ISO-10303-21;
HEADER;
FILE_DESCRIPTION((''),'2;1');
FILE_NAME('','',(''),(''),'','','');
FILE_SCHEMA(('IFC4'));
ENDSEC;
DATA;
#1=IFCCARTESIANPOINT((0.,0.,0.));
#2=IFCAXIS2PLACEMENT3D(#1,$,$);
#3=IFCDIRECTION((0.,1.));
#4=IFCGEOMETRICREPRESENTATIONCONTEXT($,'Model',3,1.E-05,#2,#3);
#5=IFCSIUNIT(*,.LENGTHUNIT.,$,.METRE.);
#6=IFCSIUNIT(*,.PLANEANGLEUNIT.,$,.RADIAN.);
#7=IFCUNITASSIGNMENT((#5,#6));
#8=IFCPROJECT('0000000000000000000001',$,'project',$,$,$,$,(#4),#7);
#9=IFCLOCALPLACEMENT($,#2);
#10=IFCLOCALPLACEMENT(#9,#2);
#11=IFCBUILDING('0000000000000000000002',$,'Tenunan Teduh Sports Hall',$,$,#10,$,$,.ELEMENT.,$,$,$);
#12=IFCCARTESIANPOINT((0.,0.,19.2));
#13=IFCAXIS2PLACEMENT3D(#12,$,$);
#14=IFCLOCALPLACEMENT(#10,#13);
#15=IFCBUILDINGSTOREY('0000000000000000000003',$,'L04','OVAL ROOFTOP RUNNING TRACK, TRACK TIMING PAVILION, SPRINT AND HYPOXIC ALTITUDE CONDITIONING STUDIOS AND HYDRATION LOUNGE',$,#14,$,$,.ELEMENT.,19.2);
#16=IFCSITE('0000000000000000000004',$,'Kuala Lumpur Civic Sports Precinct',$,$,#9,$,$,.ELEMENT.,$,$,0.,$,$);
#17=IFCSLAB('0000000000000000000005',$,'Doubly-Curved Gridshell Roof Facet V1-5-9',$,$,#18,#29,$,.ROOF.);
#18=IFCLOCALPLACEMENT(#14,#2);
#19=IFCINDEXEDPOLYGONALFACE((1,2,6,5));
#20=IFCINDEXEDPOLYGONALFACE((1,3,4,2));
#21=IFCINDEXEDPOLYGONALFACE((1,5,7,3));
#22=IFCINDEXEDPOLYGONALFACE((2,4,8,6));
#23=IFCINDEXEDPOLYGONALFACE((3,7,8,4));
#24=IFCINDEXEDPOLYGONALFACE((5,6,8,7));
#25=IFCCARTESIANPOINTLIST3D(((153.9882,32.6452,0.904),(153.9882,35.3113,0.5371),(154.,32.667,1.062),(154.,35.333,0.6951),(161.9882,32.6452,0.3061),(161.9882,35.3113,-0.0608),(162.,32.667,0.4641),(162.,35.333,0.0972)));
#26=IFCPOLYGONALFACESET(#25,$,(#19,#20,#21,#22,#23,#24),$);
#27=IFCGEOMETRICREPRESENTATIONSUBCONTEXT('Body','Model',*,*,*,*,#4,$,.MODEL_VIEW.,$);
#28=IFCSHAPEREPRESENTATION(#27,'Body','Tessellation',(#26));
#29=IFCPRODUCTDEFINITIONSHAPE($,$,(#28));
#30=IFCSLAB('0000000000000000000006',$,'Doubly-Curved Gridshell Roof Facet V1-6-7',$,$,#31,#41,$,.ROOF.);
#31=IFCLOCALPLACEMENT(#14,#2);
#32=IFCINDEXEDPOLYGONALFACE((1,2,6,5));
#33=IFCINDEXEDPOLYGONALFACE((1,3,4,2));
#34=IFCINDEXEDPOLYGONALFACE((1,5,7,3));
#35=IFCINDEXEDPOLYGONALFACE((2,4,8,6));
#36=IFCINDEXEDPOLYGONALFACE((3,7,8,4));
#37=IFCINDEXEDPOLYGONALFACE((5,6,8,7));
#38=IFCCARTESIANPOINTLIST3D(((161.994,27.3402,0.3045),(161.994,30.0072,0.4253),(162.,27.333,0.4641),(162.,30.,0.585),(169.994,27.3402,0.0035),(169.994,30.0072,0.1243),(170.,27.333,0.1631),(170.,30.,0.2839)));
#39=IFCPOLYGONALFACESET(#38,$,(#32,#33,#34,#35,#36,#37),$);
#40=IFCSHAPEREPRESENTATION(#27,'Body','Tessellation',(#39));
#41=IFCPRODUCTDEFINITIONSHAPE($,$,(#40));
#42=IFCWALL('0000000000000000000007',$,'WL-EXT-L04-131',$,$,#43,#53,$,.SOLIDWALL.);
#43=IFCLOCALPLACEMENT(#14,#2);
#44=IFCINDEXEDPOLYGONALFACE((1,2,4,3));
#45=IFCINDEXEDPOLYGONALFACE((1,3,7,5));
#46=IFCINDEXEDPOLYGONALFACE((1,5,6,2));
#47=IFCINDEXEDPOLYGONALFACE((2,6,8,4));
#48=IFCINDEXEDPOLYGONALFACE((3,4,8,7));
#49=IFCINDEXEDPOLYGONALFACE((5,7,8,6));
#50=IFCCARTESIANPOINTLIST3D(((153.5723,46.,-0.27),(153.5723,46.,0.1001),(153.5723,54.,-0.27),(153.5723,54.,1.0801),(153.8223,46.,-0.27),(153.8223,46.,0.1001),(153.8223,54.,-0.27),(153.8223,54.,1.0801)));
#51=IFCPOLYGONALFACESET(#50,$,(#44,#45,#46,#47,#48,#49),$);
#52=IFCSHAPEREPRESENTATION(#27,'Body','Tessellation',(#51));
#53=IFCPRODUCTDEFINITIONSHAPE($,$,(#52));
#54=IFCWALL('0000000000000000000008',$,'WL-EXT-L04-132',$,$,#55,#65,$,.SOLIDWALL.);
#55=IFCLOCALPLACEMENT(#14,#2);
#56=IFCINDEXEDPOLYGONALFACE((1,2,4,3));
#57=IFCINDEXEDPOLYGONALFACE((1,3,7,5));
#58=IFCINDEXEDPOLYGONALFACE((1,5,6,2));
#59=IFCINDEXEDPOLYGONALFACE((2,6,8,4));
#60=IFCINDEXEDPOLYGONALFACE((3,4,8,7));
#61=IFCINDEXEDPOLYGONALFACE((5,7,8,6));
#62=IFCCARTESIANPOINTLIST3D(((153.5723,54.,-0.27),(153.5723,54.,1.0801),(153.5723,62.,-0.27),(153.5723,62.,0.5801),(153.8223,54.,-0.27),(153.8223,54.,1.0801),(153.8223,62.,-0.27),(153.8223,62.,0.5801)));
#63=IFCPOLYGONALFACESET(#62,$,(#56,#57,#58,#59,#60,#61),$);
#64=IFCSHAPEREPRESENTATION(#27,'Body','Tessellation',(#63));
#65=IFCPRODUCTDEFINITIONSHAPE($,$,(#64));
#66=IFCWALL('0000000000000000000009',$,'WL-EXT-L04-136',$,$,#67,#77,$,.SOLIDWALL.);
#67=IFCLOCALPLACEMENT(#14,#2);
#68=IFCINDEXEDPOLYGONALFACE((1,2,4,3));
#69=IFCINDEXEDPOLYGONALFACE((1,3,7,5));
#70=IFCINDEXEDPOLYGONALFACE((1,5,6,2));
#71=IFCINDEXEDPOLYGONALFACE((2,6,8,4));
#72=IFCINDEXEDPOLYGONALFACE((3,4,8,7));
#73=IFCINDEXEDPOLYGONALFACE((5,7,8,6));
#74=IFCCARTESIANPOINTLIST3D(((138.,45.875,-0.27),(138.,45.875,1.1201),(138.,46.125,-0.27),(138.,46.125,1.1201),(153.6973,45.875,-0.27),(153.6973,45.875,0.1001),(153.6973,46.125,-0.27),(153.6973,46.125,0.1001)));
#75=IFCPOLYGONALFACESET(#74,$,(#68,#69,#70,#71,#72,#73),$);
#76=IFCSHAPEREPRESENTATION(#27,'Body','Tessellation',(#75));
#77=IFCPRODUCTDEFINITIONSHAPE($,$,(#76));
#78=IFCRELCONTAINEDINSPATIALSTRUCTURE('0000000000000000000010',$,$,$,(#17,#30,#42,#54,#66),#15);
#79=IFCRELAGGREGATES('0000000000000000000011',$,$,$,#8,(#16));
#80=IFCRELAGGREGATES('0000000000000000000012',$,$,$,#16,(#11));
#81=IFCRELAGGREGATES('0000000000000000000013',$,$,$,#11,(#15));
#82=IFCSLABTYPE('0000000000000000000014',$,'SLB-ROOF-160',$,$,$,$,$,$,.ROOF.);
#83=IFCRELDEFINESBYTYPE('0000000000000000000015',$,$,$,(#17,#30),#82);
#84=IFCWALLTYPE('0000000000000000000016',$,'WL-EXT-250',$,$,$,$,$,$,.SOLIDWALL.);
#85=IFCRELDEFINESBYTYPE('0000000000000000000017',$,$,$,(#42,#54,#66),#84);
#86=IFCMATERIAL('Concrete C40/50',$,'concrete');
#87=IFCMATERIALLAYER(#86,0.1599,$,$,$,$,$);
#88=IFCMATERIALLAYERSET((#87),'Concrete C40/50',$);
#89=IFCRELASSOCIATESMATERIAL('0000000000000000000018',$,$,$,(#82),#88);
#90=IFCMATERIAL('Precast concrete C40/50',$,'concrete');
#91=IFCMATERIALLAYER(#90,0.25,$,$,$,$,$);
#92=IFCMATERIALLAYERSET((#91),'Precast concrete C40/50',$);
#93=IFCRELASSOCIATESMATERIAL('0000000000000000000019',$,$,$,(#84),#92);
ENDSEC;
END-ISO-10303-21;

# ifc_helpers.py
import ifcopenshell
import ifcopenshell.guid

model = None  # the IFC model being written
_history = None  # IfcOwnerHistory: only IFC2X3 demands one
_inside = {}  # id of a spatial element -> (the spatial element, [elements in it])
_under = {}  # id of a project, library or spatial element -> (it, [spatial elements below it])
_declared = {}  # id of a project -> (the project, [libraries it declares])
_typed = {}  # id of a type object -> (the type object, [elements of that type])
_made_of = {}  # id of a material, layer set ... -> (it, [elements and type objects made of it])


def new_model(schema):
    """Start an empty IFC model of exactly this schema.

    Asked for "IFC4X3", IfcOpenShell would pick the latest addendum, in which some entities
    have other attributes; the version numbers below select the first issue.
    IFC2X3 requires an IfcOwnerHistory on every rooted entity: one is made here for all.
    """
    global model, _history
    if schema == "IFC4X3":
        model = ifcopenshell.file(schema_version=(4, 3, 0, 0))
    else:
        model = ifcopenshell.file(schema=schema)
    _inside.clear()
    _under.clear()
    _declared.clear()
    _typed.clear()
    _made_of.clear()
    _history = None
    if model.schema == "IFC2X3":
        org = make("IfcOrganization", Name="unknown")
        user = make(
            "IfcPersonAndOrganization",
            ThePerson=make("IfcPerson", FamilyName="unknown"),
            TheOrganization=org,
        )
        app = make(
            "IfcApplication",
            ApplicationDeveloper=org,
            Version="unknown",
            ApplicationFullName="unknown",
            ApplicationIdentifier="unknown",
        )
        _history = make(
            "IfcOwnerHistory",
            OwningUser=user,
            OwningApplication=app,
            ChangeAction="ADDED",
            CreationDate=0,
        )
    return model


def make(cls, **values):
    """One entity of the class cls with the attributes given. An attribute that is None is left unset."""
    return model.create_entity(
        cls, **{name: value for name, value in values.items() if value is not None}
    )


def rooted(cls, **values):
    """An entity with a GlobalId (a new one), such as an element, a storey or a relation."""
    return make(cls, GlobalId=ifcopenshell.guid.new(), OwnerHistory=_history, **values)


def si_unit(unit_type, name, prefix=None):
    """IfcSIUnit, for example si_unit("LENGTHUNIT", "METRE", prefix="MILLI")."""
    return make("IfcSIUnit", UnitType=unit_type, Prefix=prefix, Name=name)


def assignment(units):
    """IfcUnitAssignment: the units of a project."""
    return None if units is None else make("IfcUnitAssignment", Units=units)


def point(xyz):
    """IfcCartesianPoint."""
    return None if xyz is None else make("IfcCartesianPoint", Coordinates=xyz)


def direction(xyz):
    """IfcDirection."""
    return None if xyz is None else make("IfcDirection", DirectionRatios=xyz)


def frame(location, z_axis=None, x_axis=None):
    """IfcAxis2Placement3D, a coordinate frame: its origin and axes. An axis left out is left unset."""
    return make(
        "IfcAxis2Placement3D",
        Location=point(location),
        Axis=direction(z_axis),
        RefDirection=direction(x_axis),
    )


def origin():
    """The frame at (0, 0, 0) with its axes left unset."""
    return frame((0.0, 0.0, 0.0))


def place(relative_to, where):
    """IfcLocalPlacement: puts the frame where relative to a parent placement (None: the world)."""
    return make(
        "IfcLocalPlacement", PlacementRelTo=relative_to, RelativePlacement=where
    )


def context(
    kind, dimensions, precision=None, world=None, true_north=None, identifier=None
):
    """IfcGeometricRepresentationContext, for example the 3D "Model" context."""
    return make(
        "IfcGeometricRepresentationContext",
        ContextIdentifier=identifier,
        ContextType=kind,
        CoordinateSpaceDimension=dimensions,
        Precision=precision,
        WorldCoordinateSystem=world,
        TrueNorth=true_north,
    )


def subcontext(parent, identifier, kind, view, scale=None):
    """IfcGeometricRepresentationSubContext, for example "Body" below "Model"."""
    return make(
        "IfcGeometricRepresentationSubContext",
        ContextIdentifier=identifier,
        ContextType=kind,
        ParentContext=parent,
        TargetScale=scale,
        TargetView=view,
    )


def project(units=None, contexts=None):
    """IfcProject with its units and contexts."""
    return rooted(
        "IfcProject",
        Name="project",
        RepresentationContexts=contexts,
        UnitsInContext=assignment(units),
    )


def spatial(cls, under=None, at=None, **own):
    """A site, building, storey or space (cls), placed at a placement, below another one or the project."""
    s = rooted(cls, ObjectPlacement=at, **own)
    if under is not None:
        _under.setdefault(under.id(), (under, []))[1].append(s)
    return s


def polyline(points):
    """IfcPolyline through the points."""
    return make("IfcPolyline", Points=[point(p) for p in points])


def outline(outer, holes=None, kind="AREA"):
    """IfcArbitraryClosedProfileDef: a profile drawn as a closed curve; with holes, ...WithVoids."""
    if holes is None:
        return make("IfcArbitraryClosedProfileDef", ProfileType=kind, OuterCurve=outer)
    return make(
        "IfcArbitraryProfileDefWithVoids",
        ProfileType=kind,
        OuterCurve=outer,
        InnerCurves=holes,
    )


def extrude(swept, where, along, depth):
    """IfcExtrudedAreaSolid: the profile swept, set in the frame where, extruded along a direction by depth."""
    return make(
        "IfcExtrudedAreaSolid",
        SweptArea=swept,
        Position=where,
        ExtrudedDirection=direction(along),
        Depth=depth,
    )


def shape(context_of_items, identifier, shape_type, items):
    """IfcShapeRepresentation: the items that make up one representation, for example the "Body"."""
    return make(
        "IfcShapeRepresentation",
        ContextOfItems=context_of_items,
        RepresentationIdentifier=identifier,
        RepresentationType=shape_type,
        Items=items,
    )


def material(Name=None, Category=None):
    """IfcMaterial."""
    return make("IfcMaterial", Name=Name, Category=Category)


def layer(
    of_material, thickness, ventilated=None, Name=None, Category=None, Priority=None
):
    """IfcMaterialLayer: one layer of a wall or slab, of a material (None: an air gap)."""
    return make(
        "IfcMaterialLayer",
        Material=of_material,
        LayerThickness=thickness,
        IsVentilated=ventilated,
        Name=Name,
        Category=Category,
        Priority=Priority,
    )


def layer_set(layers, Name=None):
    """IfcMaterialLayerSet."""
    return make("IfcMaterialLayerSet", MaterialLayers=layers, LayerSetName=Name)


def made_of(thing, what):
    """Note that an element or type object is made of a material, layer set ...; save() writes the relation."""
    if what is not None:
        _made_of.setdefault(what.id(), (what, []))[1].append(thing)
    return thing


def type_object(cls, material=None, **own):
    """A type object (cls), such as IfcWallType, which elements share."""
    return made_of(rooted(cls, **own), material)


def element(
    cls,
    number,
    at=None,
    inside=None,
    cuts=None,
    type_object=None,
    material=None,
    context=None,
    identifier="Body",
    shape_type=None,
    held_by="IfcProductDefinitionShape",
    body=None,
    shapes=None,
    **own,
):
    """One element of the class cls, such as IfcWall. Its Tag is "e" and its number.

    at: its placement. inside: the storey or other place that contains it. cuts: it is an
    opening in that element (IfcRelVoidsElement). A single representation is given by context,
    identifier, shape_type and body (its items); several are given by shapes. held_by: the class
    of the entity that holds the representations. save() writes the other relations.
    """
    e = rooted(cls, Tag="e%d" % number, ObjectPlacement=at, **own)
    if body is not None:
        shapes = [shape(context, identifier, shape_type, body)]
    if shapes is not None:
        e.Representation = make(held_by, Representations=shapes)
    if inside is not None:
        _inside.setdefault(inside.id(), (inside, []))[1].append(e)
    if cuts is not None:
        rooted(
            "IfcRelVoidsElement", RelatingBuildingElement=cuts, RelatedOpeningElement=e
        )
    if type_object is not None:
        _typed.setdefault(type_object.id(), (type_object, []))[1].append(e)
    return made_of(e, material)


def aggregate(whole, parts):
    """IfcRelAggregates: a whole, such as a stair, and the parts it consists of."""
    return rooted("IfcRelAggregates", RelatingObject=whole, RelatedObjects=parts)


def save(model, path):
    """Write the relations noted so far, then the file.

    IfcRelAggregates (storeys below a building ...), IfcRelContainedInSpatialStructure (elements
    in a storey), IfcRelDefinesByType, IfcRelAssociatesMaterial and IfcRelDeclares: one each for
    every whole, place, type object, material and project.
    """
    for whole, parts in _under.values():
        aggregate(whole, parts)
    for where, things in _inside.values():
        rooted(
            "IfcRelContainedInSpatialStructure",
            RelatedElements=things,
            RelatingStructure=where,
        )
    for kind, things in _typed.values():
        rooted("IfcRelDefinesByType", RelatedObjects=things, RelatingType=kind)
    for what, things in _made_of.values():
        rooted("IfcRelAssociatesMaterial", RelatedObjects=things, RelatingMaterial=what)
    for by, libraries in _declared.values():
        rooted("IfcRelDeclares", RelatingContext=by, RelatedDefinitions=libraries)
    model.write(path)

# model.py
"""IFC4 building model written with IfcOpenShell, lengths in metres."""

from ifc_helpers import new_model, si_unit, direction, frame, origin, place, context, subcontext, project, spatial, polyline, outline, extrude, material, layer, layer_set, type_object, element, save


model = new_model("IFC4")

# Units and contexts
model_context = context("Model", 3, precision=1e-05, world=origin(), true_north=direction((0.0, 1.0)))
body_context = subcontext(model_context, "Body", "Model", "MODEL_VIEW")
ifc_project = project(units=[si_unit("LENGTHUNIT", "METRE"), si_unit("PLANEANGLEUNIT", "RADIAN")], contexts=[model_context])

# Site, building, storey
site_placement = place(None, origin())
site = spatial("IfcSite", under=ifc_project, at=site_placement, Name="Kuala Lumpur Civic Sports Precinct", CompositionType="ELEMENT", RefElevation=0.0)
building_placement = place(site_placement, origin())
building = spatial("IfcBuilding", under=site, at=building_placement, Name="Tenunan Teduh Sports Hall", CompositionType="ELEMENT")
storey_placement = place(building_placement, frame((0.0, 0.0, 19.2)))
storey = spatial("IfcBuildingStorey", under=building, at=storey_placement, Name="L04", Description="OVAL ROOFTOP RUNNING TRACK, TRACK TIMING PAVILION, SPRINT AND HYPOXIC ALTITUDE CONDITIONING STUDIOS AND HYDRATION LOUNGE", CompositionType="ELEMENT", Elevation=19.2)

# Slabs
ifc_material_1 = material(Name="Concrete C40/50", Category="concrete")
ifc_layer_1 = layer(ifc_material_1, 0.1599)
ifc_layer_set_1 = layer_set([ifc_layer_1], Name="Concrete C40/50")
slab_type_1 = type_object("IfcSlabType", Name="SLB-ROOF-160", PredefinedType="ROOF", material=ifc_layer_set_1)
slab_1_placement = place(storey_placement, frame((154.0, 32.667, 1.062), z_axis=(0.073837, 0.13598, 0.987956), x_axis=(0.997219, 0.0, -0.07453)))
element("IfcSlab", 1, at=slab_1_placement, inside=storey, type_object=slab_type_1, Name="Doubly-Curved Gridshell Roof Facet V1-5-9", PredefinedType="ROOF", context=body_context, shape_type="SweptSolid", body=[
    extrude(outline(polyline([(0.0, 0.0), (8.0223, 0.0), (8.0497, 2.691), (0.0273, 2.691), (0.0, 0.0)])), origin(), (0.0, 0.0, -1.0), 0.1599),
])
slab_2_placement = place(storey_placement, frame((162.0, 27.333, 0.4641), z_axis=(0.037563, -0.045235, 0.99827), x_axis=(0.999293, 0.0, -0.037602)))
element("IfcSlab", 2, at=slab_2_placement, inside=storey, type_object=slab_type_1, Name="Doubly-Curved Gridshell Roof Facet V1-6-7", PredefinedType="ROOF", context=body_context, shape_type="SweptSolid", body=[
    extrude(outline(polyline([(0.0, 0.0), (8.0057, 0.0), (8.0011, 2.6697), (-0.0045, 2.6697), (0.0, 0.0)])), origin(), (0.0, 0.0, -1.0), 0.1599),
])

# Walls
ifc_material_2 = material(Name="Precast concrete C40/50", Category="concrete")
ifc_layer_2 = layer(ifc_material_2, 0.25)
ifc_layer_set_2 = layer_set([ifc_layer_2], Name="Precast concrete C40/50")
wall_type = type_object("IfcWallType", Name="WL-EXT-250", PredefinedType="SOLIDWALL", material=ifc_layer_set_2)
wall_1_placement = place(storey_placement, frame((153.6973, 46.0, -0.27), z_axis=(0.0, 0.0, 1.0), x_axis=(0.0, 1.0, 0.0)))
element("IfcWall", 3, at=wall_1_placement, inside=storey, type_object=wall_type, Name="WL-EXT-L04-131", PredefinedType="SOLIDWALL", context=body_context, shape_type="SweptSolid", body=[
    extrude(outline(polyline([(0.0, 0.0), (8.0, 0.0), (8.0, 1.3501), (0.0, 0.3701), (0.0, 0.0)])), frame((0.0, 0.125, 0.0), z_axis=(0.0, -1.0, 0.0), x_axis=(1.0, 0.0, 0.0)), (0.0, 0.0, 1.0), 0.25),
])
wall_2_placement = place(storey_placement, frame((153.6973, 54.0, -0.27), z_axis=(0.0, 0.0, 1.0), x_axis=(0.0, 1.0, 0.0)))
element("IfcWall", 4, at=wall_2_placement, inside=storey, type_object=wall_type, Name="WL-EXT-L04-132", PredefinedType="SOLIDWALL", context=body_context, shape_type="SweptSolid", body=[
    extrude(outline(polyline([(0.0, 0.0), (8.0, 0.0), (8.0, 0.8501), (0.0, 1.3501), (0.0, 0.0)])), frame((0.0, 0.125, 0.0), z_axis=(0.0, -1.0, 0.0), x_axis=(1.0, 0.0, 0.0)), (0.0, 0.0, 1.0), 0.25),
])
wall_3_placement = place(storey_placement, frame((138.0, 46.0, -0.27), z_axis=(0.0, 0.0, 1.0), x_axis=(1.0, 0.0, 0.0)))
element("IfcWall", 5, at=wall_3_placement, inside=storey, type_object=wall_type, Name="WL-EXT-L04-136", PredefinedType="SOLIDWALL", context=body_context, shape_type="SweptSolid", body=[
    extrude(outline(polyline([(0.0, 0.0), (15.6973, 0.0), (15.6973, 0.3701), (0.0, 1.3901), (0.0, 0.0)])), frame((0.0, 0.125, 0.0), z_axis=(0.0, -1.0, 0.0), x_axis=(1.0, 0.0, 0.0)), (0.0, 0.0, 1.0), 0.25),
])

save(model, "model.ifc")
